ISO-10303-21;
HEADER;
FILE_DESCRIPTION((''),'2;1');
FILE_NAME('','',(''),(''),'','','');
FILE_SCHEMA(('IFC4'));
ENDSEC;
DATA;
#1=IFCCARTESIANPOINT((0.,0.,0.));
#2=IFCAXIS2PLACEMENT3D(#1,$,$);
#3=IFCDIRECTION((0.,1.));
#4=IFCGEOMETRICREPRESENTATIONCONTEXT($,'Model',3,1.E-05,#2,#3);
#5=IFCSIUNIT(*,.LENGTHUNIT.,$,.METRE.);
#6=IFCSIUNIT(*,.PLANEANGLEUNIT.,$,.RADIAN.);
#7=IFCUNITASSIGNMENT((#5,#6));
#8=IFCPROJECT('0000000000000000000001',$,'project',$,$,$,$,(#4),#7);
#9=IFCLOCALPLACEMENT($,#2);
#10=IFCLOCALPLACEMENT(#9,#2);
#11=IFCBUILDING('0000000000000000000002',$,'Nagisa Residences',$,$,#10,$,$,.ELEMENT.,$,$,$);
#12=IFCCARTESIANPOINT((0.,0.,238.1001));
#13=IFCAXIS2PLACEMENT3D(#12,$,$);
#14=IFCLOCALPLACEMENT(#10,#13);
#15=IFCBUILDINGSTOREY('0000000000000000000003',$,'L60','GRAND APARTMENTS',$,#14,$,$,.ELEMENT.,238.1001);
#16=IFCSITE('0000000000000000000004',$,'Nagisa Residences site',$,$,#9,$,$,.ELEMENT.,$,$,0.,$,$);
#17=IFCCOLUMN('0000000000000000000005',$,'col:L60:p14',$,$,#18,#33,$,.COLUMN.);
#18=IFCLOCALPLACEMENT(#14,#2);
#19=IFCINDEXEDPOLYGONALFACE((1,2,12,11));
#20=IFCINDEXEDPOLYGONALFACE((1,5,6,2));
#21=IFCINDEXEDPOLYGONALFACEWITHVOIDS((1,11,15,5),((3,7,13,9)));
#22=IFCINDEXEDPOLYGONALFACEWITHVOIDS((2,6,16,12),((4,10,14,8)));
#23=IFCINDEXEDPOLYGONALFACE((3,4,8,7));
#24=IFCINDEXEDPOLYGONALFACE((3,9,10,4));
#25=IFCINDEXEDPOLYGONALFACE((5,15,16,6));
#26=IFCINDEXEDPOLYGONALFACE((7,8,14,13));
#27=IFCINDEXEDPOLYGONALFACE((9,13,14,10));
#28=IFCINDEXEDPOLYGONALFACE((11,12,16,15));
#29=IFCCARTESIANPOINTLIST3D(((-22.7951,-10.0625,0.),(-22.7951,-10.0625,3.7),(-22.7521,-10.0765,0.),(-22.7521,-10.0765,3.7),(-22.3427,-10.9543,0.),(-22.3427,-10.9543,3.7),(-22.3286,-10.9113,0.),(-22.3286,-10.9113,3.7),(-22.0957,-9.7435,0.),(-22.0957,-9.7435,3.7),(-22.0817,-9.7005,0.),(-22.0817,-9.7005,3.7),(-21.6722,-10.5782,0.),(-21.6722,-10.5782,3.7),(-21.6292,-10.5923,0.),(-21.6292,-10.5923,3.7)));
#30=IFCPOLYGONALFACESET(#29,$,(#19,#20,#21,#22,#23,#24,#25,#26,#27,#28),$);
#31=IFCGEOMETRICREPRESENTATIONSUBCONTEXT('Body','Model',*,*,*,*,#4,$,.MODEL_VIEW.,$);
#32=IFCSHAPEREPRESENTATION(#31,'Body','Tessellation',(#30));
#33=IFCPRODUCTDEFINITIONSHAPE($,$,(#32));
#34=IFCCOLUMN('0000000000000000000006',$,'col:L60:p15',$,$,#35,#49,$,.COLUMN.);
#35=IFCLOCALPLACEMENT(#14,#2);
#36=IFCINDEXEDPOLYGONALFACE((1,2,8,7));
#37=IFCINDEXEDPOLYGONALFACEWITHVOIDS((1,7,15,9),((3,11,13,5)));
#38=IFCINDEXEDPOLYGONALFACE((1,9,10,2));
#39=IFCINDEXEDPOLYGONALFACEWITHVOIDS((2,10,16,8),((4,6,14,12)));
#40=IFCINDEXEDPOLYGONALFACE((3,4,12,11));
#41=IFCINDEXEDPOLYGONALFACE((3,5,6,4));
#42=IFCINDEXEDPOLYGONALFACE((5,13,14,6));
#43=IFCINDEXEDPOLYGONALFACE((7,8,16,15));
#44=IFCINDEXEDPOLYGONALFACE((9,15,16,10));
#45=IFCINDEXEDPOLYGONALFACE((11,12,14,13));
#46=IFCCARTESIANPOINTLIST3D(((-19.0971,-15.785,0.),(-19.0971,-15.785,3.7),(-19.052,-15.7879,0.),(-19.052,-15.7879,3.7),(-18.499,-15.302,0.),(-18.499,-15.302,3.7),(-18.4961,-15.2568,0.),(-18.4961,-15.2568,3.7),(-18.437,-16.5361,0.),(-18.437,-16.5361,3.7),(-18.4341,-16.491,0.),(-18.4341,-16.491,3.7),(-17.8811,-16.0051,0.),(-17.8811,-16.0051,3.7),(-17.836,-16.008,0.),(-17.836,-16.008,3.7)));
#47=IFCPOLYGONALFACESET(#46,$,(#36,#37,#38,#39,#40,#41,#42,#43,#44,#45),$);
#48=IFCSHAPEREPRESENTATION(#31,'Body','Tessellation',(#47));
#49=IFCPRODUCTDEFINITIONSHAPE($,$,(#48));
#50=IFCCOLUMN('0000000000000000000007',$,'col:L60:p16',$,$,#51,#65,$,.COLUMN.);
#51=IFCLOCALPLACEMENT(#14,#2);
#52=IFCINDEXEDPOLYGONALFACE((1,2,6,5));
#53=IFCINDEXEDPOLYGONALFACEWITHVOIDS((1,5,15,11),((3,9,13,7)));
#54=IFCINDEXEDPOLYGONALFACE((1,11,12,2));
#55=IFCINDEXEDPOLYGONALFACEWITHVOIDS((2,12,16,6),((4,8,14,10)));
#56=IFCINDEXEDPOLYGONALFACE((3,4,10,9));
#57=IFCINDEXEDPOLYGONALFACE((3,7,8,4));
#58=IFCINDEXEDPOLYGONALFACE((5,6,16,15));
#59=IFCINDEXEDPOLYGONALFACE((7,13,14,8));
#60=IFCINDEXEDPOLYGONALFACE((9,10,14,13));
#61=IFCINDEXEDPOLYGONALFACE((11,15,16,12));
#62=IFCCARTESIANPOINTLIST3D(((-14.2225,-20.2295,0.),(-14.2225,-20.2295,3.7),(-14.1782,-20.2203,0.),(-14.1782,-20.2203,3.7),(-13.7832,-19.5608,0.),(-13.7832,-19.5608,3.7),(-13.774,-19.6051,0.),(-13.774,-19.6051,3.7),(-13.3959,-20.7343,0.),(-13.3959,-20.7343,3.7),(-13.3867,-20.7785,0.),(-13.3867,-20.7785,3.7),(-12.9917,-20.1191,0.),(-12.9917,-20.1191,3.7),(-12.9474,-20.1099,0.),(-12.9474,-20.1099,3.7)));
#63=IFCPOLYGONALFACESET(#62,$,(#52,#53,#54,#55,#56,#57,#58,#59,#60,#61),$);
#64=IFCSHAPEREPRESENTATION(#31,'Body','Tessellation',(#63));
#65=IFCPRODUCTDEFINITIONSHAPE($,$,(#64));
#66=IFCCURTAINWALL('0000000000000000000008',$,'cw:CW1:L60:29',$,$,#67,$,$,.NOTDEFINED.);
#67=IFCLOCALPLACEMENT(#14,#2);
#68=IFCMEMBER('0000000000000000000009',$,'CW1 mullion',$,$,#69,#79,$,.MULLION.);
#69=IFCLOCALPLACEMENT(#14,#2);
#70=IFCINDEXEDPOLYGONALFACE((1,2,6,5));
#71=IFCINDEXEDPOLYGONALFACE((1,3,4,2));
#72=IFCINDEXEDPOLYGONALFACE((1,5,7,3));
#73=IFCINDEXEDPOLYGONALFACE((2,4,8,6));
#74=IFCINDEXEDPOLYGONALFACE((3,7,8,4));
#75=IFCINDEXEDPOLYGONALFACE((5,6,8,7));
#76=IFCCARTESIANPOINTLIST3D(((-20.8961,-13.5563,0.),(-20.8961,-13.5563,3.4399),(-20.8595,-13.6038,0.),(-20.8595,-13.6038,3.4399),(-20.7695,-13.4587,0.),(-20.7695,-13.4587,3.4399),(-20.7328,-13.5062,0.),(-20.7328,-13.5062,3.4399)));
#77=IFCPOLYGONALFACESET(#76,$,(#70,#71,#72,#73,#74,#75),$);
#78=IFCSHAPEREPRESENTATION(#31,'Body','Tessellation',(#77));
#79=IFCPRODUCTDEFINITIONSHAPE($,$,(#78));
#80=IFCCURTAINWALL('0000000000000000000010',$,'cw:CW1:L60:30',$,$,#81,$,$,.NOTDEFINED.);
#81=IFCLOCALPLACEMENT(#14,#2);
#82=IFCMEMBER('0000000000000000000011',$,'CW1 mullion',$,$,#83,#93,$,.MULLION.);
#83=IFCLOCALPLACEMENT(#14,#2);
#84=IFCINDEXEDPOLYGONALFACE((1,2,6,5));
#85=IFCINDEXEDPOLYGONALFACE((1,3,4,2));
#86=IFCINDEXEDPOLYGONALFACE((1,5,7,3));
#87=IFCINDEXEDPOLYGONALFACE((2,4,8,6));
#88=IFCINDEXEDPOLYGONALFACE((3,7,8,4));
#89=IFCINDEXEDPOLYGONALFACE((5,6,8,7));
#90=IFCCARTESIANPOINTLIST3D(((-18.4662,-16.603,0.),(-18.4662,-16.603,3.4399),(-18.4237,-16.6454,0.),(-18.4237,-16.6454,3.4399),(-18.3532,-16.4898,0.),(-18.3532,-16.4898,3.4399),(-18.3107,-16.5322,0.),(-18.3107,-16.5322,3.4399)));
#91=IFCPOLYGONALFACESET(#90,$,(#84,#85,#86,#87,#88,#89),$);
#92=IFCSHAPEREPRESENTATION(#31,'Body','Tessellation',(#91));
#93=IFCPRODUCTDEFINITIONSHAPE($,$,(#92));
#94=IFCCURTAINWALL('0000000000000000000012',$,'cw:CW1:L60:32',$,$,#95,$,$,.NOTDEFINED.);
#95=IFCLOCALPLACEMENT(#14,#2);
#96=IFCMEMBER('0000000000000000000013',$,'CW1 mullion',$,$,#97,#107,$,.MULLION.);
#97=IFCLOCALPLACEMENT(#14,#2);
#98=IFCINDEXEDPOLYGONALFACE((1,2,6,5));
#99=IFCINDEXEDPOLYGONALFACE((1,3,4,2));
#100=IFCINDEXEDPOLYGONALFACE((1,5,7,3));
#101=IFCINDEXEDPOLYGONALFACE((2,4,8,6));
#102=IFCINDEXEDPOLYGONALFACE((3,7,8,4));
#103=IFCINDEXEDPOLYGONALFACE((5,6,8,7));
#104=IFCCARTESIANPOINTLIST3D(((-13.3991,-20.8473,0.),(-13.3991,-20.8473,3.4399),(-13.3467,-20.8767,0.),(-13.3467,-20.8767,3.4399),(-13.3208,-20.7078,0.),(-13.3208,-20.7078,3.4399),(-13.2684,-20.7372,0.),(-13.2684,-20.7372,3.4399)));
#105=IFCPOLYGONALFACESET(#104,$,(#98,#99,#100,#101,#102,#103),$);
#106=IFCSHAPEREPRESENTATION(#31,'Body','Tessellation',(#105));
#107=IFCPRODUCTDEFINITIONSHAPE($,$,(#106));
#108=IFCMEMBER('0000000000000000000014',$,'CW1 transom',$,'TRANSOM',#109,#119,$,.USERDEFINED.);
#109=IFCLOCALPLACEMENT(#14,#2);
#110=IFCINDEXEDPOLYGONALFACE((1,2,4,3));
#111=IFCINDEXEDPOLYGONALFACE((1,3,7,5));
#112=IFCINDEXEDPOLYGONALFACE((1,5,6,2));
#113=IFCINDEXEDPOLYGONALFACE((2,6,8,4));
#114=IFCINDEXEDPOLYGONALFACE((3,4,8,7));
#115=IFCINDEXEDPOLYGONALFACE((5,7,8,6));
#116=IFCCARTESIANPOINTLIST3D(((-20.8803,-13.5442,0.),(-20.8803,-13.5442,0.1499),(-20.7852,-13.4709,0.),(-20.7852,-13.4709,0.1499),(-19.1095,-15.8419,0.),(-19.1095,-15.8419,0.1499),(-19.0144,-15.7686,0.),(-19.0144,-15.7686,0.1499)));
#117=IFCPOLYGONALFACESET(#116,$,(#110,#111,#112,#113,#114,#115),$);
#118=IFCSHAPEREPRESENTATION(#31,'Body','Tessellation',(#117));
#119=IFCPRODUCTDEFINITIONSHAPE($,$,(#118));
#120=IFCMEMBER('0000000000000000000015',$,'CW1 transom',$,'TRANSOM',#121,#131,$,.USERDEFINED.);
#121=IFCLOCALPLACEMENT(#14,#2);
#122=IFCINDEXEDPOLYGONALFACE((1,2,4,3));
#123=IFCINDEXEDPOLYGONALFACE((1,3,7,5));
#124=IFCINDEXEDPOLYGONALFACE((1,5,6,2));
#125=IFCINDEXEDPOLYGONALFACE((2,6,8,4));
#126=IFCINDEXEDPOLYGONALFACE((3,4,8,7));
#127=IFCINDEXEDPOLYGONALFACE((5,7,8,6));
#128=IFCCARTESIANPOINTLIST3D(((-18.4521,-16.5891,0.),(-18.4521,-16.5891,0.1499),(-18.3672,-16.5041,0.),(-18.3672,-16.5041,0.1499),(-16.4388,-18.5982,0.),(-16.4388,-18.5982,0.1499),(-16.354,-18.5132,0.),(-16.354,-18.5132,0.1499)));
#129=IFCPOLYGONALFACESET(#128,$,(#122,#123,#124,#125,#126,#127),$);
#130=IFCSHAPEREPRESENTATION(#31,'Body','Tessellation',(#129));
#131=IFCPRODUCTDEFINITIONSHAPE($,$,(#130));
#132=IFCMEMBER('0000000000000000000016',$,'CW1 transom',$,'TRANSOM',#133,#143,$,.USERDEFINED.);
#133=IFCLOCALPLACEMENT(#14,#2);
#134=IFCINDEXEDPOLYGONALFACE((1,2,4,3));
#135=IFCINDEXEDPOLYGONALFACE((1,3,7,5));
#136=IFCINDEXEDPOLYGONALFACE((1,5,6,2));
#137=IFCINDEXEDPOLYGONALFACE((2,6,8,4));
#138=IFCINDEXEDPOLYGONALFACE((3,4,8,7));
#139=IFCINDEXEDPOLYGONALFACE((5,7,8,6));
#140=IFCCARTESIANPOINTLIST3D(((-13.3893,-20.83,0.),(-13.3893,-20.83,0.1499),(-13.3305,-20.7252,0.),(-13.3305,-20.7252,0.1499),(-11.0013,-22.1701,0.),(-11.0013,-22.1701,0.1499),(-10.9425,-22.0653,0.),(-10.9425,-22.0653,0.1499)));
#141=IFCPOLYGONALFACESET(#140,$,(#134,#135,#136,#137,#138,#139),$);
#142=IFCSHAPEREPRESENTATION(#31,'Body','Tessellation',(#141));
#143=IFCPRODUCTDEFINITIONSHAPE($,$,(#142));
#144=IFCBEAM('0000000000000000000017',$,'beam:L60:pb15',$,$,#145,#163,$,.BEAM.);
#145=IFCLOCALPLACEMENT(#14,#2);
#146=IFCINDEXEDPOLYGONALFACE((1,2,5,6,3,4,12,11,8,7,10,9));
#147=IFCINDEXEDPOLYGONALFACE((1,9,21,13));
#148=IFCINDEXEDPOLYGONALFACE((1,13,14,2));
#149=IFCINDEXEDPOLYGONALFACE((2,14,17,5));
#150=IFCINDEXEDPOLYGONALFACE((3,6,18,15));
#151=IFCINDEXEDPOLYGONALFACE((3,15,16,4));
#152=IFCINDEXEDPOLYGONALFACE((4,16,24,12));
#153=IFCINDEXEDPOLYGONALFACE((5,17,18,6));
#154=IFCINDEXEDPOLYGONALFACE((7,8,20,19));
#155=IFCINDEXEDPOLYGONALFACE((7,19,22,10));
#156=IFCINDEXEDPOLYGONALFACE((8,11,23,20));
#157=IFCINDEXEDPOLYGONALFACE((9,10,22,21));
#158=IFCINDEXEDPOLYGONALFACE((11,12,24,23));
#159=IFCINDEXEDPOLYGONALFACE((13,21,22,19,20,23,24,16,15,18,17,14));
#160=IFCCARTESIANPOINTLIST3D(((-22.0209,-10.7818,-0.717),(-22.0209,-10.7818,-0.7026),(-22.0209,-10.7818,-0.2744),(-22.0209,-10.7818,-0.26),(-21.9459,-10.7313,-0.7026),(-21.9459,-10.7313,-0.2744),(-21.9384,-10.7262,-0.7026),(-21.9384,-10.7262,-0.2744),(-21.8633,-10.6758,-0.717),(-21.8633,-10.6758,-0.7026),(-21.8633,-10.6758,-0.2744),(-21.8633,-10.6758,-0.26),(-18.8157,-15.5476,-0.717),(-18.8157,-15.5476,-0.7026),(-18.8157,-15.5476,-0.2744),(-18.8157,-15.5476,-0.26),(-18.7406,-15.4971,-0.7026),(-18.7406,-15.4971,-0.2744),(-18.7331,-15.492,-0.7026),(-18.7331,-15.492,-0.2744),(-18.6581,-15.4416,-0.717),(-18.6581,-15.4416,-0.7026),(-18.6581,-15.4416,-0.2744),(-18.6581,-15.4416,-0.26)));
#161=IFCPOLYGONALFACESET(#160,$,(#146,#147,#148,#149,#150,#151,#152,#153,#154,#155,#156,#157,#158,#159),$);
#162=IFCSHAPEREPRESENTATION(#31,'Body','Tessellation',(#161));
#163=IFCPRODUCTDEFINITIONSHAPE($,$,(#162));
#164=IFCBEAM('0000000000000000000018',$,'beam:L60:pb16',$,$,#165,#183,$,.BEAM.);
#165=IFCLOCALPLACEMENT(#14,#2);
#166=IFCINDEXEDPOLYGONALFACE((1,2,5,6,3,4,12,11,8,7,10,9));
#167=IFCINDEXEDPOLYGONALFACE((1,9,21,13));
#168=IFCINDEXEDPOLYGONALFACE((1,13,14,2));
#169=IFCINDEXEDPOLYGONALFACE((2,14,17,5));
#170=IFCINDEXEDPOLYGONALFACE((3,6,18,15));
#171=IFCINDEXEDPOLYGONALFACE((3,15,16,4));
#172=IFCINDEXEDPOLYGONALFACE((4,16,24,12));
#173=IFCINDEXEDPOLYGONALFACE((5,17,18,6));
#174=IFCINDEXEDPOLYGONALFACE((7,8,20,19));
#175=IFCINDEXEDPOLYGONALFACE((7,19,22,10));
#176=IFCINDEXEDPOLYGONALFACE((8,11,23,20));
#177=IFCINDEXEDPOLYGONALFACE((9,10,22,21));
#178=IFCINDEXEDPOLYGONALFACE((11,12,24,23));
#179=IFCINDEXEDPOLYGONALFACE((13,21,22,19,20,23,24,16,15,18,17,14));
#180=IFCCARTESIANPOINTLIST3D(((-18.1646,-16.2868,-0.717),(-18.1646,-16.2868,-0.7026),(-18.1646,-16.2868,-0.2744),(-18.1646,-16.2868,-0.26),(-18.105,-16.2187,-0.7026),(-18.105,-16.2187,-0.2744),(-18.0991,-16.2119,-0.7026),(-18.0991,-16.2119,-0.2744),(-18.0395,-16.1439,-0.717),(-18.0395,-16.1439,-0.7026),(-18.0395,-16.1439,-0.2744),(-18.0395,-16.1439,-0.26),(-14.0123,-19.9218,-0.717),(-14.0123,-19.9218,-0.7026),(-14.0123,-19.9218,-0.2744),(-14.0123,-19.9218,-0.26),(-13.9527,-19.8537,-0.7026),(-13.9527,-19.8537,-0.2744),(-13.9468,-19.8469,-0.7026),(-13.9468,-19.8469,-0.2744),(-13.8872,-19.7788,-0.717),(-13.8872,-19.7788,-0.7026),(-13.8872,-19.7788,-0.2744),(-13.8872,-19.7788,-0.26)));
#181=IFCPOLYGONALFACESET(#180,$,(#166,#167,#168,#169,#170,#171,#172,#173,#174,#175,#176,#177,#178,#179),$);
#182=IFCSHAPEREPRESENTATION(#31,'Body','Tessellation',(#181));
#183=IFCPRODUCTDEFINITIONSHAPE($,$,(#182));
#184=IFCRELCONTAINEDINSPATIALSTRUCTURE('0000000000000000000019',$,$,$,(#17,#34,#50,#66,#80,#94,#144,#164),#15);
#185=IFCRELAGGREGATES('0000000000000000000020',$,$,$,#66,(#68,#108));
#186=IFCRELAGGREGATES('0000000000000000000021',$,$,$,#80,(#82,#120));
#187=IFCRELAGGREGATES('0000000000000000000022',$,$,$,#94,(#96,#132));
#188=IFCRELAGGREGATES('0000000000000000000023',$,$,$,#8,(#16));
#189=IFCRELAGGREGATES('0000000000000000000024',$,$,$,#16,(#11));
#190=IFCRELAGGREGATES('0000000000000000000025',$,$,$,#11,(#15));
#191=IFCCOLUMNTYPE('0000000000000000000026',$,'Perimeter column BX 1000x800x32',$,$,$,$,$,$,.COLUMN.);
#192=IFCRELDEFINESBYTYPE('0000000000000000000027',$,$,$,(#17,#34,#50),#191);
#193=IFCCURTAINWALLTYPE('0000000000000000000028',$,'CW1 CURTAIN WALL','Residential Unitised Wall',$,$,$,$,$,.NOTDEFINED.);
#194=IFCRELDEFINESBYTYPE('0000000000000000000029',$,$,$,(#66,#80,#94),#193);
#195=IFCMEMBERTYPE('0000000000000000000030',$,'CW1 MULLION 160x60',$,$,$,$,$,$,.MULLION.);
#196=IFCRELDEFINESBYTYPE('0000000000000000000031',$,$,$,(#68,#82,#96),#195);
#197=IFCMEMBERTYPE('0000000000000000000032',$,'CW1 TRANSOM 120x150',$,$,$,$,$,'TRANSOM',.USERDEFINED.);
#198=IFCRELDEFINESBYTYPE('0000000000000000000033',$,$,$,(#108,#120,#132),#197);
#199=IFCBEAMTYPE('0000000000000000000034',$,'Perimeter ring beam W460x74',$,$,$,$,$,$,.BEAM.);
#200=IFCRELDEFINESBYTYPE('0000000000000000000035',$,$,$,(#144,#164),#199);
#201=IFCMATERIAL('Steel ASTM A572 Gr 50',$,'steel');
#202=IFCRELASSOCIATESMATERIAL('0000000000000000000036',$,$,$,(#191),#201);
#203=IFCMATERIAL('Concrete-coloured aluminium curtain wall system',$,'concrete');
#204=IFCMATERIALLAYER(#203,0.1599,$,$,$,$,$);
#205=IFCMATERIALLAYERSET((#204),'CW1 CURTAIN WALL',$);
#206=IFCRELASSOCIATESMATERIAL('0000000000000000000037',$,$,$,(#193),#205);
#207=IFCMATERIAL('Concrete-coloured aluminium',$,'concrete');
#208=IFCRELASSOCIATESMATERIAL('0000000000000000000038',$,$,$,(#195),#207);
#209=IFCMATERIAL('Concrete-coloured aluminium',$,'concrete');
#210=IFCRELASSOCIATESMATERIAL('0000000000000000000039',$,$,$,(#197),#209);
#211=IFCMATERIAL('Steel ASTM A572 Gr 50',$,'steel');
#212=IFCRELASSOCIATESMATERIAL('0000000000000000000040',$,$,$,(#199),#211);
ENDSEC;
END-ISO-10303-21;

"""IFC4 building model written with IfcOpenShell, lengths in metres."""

from ifc_helpers import new_model, si_unit, direction, frame, origin, origin_2d, place, context, subcontext, project, spatial, rectangle, hollow_rectangle, i_section, extrude, material, layer, layer_set, material_profile, profile_set, type_object, element, aggregate, save


model = new_model("IFC4")

# Units and contexts
model_context = context("Model", 3, precision=1e-05, world=origin(), true_north=direction((0.0, 1.0)))
body_context = subcontext(model_context, "Body", "Model", "MODEL_VIEW")
ifc_project = project(units=[si_unit("LENGTHUNIT", "METRE"), si_unit("PLANEANGLEUNIT", "RADIAN")], contexts=[model_context])

# Site, building, storey
site_placement = place(None, origin())
site = spatial("IfcSite", under=ifc_project, at=site_placement, Name="Nagisa Residences site", CompositionType="ELEMENT", RefElevation=0.0)
building_placement = place(site_placement, origin())
building = spatial("IfcBuilding", under=site, at=building_placement, Name="Nagisa Residences", CompositionType="ELEMENT")
storey_placement = place(building_placement, frame((0.0, 0.0, 238.1001)))
storey = spatial("IfcBuildingStorey", under=building, at=storey_placement, Name="L60", Description="GRAND APARTMENTS", CompositionType="ELEMENT", Elevation=238.1001)

# Columns
ifc_material_1 = material(Name="Steel ASTM A572 Gr 50", Category="steel")
ifc_material_profile_1 = material_profile(ifc_material_1, hollow_rectangle(XDim=1.0, YDim=0.8, WallThickness=0.032, at=origin_2d()), Name="BX 1000x800x32")
ifc_profile_set_1 = profile_set([ifc_material_profile_1], Name="Steel ASTM A572 Gr 50")
column_type = type_object("IfcColumnType", Name="Perimeter column BX 1000x800x32", PredefinedType="COLUMN", material=ifc_profile_set_1)
for number, where, z_axis, x_axis, name in (
    (1, (-22.2122, -10.3274, 0.0), (0.0, 0.0, 1.0), (0.452463, -0.891783, 0.0), "col:L60:p14"),
    (2, (-18.4666, -15.8965, 0.0), (0.0, 0.0, 1.0), (0.660115, -0.751165, 0.0), "col:L60:p15"),
    (3, (-13.585, -20.1697, 0.0), (0.0, 0.0, 1.0), (0.835766, -0.549086, 0.0), "col:L60:p16"),
):
    element("IfcColumn", number, at=place(storey_placement, frame(where, z_axis=z_axis, x_axis=x_axis)), inside=storey, type_object=column_type, Name=name, PredefinedType="COLUMN", context=body_context, shape_type="SweptSolid", body=[
        extrude(hollow_rectangle(XDim=1.0, YDim=0.8, WallThickness=0.032, at=origin_2d()), origin(), (0.0, 0.0, 1.0), 3.7),
    ])

# Curtain walls, members
ifc_material_2 = material(Name="Concrete-coloured aluminium curtain wall system", Category="concrete")
ifc_layer_1 = layer(ifc_material_2, 0.1599)
ifc_layer_set_1 = layer_set([ifc_layer_1], Name="CW1 CURTAIN WALL")
curtain_wall_type = type_object("IfcCurtainWallType", Name="CW1 CURTAIN WALL", Description="Residential Unitised Wall", PredefinedType="NOTDEFINED", material=ifc_layer_set_1)
curtain_wall_1_placement = place(storey_placement, origin())
curtain_wall_1 = element("IfcCurtainWall", 4, at=curtain_wall_1_placement, inside=storey, type_object=curtain_wall_type, Name="cw:CW1:L60:29", PredefinedType="NOTDEFINED")
ifc_material_3 = material(Name="Concrete-coloured aluminium", Category="concrete")
ifc_material_profile_2 = material_profile(ifc_material_3, rectangle(XDim=0.1599, YDim=0.0601, at=origin_2d()), Name="CW1 MULLION 160x60")
ifc_profile_set_2 = profile_set([ifc_material_profile_2], Name="Concrete-coloured aluminium")
member_type_1 = type_object("IfcMemberType", Name="CW1 MULLION 160x60", PredefinedType="MULLION", material=ifc_profile_set_2)
member_1_placement = place(storey_placement, frame((-20.8145, -13.5312, 0.0), z_axis=(0.0, 0.0, 1.0), x_axis=(0.79207, 0.61043, 0.0)))
member_1 = element("IfcMember", 5, at=member_1_placement, type_object=member_type_1, Name="CW1 mullion", PredefinedType="MULLION", context=body_context, shape_type="SweptSolid", body=[
    extrude(rectangle(XDim=0.1599, YDim=0.0601, at=origin_2d()), origin(), (0.0, 0.0, 1.0), 3.4399),
])
curtain_wall_2_placement = place(storey_placement, origin())
curtain_wall_2 = element("IfcCurtainWall", 6, at=curtain_wall_2_placement, inside=storey, type_object=curtain_wall_type, Name="cw:CW1:L60:30", PredefinedType="NOTDEFINED")
member_2_placement = place(storey_placement, frame((-18.3884, -16.5676, 0.0), z_axis=(0.0, 0.0, 1.0), x_axis=(0.706377, 0.707836, 0.0)))
member_2 = element("IfcMember", 7, at=member_2_placement, type_object=member_type_1, Name="CW1 mullion", PredefinedType="MULLION", context=body_context, shape_type="SweptSolid", body=[
    extrude(rectangle(XDim=0.1599, YDim=0.0601, at=origin_2d()), origin(), (0.0, 0.0, 1.0), 3.4399),
])
curtain_wall_3_placement = place(storey_placement, origin())
curtain_wall_3 = element("IfcCurtainWall", 8, at=curtain_wall_3_placement, inside=storey, type_object=curtain_wall_type, Name="cw:CW1:L60:32", PredefinedType="NOTDEFINED")
member_3_placement = place(storey_placement, frame((-13.3337, -20.7922, 0.0), z_axis=(0.0, 0.0, 1.0), x_axis=(0.489377, 0.872072, 0.0)))
member_3 = element("IfcMember", 9, at=member_3_placement, type_object=member_type_1, Name="CW1 mullion", PredefinedType="MULLION", context=body_context, shape_type="SweptSolid", body=[
    extrude(rectangle(XDim=0.1599, YDim=0.0601, at=origin_2d()), origin(), (0.0, 0.0, 1.0), 3.4399),
])

# Members
ifc_material_4 = material(Name="Concrete-coloured aluminium", Category="concrete")
ifc_material_profile_3 = material_profile(ifc_material_4, rectangle(XDim=0.1201, YDim=0.1499, at=origin_2d()), Name="CW1 TRANSOM 120x150")
ifc_profile_set_3 = profile_set([ifc_material_profile_3], Name="Concrete-coloured aluminium")
member_type_2 = type_object("IfcMemberType", Name="CW1 TRANSOM 120x150", ElementType="TRANSOM", PredefinedType="USERDEFINED", material=ifc_profile_set_3)
member_4_placement = place(storey_placement, frame((-20.8328, -13.5076, 0.075), z_axis=(0.610439, -0.792064, 0.0), x_axis=(0.792064, 0.610439, 0.0)))
member_4 = element("IfcMember", 10, at=member_4_placement, type_object=member_type_2, Name="CW1 transom", ObjectType="TRANSOM", PredefinedType="USERDEFINED", context=body_context, shape_type="SweptSolid", body=[
    extrude(rectangle(XDim=0.1201, YDim=0.1499, at=origin_2d()), origin(), (0.0, 0.0, 1.0), 2.9009),
])
member_5_placement = place(storey_placement, frame((-18.4097, -16.5466, 0.075), z_axis=(0.707836, -0.706377, 0.0), x_axis=(0.706377, 0.707836, 0.0)))
member_5 = element("IfcMember", 11, at=member_5_placement, type_object=member_type_2, Name="CW1 transom", ObjectType="TRANSOM", PredefinedType="USERDEFINED", context=body_context, shape_type="SweptSolid", body=[
    extrude(rectangle(XDim=0.1201, YDim=0.1499, at=origin_2d()), origin(), (0.0, 0.0, 1.0), 2.8442),
])
member_6_placement = place(storey_placement, frame((-13.3599, -20.7776, 0.075), z_axis=(0.872063, -0.489393, 0.0), x_axis=(0.489393, 0.872063, 0.0)))
member_6 = element("IfcMember", 12, at=member_6_placement, type_object=member_type_2, Name="CW1 transom", ObjectType="TRANSOM", PredefinedType="USERDEFINED", context=body_context, shape_type="SweptSolid", body=[
    extrude(rectangle(XDim=0.1201, YDim=0.1499, at=origin_2d()), origin(), (0.0, 0.0, 1.0), 2.7383),
])

# Beams
ifc_material_5 = material(Name="Steel ASTM A572 Gr 50", Category="steel")
ifc_material_profile_4 = material_profile(ifc_material_5, i_section(OverallWidth=0.1899, OverallDepth=0.457, WebThickness=0.009, FlangeThickness=0.0144, at=origin_2d()), Name="W460x74")
ifc_profile_set_4 = profile_set([ifc_material_profile_4], Name="Steel ASTM A572 Gr 50")
beam_type_1 = type_object("IfcBeamType", Name="Perimeter ring beam W460x74", PredefinedType="BEAM", material=ifc_profile_set_4)
beam_1_placement = place(storey_placement, frame((-21.9421, -10.7288, -0.4885), z_axis=(0.55808, -0.829787, 0.0), x_axis=(0.829787, 0.55808, 0.0)))
element("IfcBeam", 13, at=beam_1_placement, inside=storey, type_object=beam_type_1, Name="beam:L60:pb15", PredefinedType="BEAM", context=body_context, shape_type="SweptSolid", body=[
    extrude(i_section(OverallWidth=0.1899, OverallDepth=0.457, WebThickness=0.009, FlangeThickness=0.0144, at=origin_2d()), origin(), (0.0, 0.0, 1.0), 5.7434),
])
beam_2_placement = place(storey_placement, frame((-18.1021, -16.2153, -0.4885), z_axis=(0.752423, -0.65868, 0.0), x_axis=(0.65868, 0.752423, 0.0)))
element("IfcBeam", 14, at=beam_2_placement, inside=storey, type_object=beam_type_1, Name="beam:L60:pb16", PredefinedType="BEAM", context=body_context, shape_type="SweptSolid", body=[
    extrude(i_section(OverallWidth=0.1899, OverallDepth=0.457, WebThickness=0.009, FlangeThickness=0.0144, at=origin_2d()), origin(), (0.0, 0.0, 1.0), 5.5186),
])

aggregate(curtain_wall_1, [member_1, member_4])
aggregate(curtain_wall_2, [member_2, member_5])
aggregate(curtain_wall_3, [member_3, member_6])

save(model, "model.ifc")
